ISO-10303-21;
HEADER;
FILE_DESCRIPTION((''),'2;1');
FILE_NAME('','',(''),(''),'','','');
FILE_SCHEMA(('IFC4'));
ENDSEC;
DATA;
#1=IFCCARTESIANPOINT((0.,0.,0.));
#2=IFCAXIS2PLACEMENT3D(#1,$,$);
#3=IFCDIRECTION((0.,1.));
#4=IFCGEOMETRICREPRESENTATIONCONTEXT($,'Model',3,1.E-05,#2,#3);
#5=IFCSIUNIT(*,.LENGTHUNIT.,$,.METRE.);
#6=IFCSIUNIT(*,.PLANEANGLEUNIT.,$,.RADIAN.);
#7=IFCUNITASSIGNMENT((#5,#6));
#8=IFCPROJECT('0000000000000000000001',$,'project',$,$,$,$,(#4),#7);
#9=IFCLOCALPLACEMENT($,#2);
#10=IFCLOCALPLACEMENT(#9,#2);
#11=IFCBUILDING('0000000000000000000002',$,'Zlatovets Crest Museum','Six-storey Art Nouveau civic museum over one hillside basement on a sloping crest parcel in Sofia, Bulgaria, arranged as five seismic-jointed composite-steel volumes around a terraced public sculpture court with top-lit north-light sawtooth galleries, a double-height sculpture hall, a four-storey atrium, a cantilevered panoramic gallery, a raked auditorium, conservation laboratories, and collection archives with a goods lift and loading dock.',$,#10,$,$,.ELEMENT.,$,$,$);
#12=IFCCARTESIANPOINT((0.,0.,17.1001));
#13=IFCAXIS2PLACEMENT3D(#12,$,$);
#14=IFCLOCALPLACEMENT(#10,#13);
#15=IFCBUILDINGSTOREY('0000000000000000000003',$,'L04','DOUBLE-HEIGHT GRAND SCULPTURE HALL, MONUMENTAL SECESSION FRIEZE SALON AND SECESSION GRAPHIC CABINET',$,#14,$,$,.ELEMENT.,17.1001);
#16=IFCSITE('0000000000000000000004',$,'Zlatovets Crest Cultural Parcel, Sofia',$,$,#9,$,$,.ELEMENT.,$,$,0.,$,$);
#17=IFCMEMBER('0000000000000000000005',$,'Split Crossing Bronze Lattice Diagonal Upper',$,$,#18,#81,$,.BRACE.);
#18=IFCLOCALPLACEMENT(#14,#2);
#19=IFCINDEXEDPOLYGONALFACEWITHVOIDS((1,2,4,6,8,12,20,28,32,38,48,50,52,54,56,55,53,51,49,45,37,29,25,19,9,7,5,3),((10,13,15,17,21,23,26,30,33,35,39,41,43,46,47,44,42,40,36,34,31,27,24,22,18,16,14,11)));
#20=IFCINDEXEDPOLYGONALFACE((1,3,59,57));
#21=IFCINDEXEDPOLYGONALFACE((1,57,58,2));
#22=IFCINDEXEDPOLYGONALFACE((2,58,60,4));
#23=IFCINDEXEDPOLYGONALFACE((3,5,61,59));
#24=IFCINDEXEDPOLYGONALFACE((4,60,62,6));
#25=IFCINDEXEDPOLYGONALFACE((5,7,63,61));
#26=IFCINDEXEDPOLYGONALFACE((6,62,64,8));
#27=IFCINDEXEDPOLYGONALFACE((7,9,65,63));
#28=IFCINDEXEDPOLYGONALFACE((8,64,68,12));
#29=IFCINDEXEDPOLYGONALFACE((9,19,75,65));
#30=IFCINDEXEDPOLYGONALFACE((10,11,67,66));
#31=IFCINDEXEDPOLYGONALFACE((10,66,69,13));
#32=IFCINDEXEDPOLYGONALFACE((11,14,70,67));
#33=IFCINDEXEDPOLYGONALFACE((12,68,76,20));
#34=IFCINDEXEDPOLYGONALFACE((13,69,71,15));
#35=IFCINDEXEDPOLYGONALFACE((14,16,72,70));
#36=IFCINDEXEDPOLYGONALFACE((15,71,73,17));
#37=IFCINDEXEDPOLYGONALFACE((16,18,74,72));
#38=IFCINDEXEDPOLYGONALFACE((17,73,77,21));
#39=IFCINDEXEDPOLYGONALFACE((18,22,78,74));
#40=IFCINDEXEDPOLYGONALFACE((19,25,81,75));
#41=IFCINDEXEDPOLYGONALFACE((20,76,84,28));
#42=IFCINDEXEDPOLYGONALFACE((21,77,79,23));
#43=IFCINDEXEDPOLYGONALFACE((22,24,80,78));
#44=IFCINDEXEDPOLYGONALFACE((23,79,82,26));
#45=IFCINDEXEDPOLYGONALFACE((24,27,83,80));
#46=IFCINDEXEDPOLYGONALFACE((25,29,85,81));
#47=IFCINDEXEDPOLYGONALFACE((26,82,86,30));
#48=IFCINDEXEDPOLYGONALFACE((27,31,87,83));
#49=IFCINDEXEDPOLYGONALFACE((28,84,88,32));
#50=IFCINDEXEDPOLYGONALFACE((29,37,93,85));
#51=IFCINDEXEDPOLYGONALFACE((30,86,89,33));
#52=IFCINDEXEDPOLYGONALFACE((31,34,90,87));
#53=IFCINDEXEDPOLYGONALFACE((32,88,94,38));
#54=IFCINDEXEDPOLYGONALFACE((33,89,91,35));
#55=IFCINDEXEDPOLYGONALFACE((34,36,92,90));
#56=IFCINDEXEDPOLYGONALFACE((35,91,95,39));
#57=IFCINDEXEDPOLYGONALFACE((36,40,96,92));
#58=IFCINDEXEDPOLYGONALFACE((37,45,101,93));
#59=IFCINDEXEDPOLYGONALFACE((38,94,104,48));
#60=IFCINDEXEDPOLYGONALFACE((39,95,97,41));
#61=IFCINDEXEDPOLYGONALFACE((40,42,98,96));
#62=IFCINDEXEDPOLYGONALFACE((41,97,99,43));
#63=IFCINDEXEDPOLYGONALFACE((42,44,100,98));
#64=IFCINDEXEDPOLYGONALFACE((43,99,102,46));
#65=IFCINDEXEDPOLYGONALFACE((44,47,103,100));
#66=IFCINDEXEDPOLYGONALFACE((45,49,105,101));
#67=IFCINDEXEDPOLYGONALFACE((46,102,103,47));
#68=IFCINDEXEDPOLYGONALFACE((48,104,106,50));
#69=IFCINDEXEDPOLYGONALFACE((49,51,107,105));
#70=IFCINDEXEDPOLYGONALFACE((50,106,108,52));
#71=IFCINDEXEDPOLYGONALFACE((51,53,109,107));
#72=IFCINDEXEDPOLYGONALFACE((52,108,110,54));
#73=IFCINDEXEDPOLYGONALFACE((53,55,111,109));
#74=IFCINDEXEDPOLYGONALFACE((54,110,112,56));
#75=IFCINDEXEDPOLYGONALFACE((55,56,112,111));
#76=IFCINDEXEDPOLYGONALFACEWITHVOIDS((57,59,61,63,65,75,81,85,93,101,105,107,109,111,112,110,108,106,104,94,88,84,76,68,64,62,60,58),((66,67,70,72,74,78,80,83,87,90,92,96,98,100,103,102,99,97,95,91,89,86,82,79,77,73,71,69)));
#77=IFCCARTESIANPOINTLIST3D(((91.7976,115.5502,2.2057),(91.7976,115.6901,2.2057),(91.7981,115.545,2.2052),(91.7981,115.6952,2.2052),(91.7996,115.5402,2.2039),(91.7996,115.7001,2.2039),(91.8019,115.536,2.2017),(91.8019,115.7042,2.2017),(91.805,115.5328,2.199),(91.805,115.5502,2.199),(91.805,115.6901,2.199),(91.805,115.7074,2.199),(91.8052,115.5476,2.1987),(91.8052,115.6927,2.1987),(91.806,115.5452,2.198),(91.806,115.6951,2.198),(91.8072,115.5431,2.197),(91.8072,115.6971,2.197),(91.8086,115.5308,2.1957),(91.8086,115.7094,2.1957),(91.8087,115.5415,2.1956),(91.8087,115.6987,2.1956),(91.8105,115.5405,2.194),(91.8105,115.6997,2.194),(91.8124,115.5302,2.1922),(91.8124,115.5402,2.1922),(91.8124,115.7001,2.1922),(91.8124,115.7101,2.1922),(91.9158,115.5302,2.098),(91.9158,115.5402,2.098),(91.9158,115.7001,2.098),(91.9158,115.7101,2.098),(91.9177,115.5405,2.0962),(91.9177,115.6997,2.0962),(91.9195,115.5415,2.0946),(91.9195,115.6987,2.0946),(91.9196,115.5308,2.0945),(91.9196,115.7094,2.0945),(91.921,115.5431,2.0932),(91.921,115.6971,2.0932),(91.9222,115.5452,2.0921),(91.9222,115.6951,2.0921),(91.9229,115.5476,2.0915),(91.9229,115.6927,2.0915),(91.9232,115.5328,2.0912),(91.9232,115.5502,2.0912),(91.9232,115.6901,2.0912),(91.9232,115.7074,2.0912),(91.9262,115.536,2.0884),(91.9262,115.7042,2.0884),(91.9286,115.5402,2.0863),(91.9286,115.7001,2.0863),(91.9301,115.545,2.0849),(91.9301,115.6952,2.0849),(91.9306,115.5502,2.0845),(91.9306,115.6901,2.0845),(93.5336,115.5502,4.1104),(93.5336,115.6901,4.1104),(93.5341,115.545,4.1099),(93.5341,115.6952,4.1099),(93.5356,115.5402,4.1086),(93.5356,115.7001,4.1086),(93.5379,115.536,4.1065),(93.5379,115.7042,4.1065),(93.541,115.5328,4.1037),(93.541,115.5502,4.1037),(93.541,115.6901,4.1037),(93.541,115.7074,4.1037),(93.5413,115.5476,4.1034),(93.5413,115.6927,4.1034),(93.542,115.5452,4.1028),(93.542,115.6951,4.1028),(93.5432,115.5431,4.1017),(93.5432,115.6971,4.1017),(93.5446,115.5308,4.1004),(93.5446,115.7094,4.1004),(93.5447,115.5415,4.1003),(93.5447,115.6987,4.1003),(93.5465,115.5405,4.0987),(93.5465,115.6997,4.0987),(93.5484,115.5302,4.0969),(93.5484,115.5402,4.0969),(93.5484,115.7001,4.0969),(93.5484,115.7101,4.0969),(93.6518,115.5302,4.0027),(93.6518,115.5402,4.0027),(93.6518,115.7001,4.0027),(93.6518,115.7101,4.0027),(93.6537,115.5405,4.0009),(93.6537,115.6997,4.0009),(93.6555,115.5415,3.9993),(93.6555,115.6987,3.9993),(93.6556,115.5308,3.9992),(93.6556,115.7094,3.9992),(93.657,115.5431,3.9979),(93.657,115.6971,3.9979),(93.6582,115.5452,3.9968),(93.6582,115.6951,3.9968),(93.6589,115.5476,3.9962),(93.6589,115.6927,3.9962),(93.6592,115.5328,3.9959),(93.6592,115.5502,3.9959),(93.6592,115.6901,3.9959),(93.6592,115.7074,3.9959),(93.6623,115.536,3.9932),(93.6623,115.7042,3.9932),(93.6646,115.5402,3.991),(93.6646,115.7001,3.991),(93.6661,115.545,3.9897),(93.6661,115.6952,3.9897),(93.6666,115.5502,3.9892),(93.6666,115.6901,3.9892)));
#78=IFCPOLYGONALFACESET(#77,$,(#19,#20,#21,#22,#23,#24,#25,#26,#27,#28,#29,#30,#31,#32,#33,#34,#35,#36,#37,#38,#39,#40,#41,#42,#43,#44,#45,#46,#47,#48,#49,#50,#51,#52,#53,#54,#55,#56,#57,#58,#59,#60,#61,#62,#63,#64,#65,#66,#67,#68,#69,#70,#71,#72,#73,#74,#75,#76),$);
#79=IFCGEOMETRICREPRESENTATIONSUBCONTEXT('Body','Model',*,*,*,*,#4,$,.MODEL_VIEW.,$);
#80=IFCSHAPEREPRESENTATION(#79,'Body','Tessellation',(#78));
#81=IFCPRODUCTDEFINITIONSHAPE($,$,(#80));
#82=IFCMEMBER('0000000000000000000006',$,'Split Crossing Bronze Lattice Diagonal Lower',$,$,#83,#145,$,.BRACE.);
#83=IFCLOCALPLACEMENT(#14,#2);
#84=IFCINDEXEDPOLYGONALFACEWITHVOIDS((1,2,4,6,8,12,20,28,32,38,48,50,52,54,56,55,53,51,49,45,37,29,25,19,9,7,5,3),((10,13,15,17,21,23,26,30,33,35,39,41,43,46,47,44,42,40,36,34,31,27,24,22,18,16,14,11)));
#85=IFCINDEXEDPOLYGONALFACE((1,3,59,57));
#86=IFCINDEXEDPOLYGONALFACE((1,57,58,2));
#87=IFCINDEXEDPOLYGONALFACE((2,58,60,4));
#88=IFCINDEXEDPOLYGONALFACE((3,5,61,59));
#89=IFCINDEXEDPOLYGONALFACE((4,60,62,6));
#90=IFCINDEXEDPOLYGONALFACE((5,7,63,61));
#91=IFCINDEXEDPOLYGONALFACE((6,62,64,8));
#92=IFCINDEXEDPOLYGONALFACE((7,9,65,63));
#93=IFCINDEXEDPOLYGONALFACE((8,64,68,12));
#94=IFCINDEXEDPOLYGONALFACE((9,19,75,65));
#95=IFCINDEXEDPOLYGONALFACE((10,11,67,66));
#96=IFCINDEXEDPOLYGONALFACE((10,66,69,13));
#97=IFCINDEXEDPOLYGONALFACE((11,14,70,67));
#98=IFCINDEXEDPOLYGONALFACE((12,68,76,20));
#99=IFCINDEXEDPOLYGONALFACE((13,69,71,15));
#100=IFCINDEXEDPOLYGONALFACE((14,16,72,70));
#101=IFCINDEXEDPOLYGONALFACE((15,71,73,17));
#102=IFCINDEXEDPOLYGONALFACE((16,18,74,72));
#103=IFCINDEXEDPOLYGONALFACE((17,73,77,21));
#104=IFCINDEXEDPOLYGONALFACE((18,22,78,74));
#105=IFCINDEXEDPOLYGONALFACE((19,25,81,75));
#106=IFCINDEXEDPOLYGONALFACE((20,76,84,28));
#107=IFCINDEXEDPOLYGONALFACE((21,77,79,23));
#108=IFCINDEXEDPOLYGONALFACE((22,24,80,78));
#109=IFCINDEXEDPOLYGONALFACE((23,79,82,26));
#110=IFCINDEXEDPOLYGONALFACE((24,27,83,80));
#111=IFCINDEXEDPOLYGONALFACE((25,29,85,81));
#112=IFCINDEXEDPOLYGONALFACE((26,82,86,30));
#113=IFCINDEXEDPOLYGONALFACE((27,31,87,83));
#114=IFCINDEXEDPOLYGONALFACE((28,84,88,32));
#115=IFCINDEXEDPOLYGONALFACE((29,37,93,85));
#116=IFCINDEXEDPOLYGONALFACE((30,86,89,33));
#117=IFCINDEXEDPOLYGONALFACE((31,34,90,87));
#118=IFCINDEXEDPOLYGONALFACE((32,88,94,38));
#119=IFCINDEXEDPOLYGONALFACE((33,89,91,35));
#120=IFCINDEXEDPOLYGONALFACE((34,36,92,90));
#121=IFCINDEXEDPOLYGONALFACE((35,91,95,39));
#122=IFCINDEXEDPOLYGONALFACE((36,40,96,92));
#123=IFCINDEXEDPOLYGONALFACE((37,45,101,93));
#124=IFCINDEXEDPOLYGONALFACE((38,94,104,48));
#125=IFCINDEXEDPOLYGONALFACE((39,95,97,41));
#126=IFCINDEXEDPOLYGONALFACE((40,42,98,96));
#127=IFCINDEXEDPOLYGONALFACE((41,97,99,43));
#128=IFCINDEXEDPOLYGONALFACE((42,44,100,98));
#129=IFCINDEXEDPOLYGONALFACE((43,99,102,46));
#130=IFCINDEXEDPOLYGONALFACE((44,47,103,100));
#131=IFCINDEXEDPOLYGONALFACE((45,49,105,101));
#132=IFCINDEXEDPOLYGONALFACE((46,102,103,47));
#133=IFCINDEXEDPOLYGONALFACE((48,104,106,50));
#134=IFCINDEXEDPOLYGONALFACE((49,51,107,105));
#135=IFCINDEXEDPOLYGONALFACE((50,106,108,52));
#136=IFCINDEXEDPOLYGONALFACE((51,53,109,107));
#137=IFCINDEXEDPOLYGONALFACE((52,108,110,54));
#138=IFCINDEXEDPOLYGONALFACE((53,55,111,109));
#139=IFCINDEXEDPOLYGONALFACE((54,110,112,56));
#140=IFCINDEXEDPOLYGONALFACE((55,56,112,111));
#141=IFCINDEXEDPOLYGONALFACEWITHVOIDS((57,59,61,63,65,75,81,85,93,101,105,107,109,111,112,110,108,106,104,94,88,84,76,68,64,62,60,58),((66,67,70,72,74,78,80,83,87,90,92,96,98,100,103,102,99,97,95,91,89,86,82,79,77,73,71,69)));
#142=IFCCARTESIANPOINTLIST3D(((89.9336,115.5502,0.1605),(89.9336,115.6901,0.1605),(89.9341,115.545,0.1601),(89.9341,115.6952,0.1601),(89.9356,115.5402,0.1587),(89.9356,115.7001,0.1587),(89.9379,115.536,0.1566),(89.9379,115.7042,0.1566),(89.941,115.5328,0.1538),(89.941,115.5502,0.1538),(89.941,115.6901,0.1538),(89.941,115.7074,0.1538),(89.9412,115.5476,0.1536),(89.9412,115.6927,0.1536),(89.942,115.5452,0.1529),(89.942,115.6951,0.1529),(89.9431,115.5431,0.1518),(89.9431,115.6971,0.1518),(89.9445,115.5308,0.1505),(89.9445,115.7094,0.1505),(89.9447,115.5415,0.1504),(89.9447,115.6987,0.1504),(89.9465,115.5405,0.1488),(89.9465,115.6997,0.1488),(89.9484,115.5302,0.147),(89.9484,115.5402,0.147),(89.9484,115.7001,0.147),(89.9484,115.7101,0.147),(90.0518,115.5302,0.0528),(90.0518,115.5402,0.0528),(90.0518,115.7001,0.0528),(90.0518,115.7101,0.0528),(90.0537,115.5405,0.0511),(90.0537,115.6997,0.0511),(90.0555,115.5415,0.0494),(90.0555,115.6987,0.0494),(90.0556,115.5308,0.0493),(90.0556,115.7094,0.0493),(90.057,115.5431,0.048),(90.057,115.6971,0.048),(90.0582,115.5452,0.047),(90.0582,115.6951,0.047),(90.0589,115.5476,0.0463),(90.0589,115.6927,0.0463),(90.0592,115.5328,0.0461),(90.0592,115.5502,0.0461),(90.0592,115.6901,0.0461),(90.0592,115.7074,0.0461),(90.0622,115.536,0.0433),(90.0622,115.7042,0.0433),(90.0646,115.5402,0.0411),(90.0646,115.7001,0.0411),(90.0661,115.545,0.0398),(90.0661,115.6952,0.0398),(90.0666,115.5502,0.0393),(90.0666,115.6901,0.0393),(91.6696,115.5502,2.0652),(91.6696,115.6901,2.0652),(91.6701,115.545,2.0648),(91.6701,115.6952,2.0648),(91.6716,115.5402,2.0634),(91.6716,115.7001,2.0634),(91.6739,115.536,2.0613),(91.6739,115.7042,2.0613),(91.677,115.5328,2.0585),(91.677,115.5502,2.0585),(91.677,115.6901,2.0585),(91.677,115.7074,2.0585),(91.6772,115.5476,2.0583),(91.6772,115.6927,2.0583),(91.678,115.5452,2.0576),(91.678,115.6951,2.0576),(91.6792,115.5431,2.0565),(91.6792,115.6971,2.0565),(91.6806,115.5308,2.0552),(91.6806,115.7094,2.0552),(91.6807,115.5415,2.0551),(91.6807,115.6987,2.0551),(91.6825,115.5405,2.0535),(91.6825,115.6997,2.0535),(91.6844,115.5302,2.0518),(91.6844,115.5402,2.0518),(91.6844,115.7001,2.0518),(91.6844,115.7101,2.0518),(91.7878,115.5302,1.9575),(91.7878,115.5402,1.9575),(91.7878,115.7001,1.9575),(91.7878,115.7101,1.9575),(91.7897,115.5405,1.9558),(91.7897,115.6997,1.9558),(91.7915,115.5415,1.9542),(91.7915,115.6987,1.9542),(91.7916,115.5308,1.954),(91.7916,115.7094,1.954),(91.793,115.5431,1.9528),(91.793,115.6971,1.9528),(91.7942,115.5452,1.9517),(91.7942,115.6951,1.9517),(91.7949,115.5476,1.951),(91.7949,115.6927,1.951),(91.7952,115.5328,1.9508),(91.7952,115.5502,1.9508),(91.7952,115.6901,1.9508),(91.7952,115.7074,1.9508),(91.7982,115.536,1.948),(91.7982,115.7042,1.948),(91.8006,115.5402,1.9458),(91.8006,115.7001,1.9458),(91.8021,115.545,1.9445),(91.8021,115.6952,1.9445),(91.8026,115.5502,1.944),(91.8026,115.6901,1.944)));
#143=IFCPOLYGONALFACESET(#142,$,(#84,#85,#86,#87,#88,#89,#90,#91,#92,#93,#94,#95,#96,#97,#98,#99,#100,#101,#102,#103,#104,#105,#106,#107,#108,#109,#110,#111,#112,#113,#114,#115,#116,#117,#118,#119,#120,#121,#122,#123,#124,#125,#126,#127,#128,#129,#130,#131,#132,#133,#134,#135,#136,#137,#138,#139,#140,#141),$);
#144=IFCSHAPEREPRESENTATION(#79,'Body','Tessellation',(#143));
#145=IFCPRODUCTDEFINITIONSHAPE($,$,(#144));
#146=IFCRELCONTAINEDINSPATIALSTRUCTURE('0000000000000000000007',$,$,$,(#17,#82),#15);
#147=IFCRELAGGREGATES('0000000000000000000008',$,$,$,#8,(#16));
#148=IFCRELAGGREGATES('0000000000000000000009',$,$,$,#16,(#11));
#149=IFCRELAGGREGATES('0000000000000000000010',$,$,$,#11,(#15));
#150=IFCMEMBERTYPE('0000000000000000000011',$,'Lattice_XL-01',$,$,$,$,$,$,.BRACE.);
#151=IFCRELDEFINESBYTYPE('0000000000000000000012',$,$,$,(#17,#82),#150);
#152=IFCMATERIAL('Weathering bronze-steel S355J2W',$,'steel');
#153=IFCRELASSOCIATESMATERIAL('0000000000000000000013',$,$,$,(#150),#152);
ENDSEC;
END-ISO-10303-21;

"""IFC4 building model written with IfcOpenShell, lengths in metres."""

from ifc_helpers import new_model, si_unit, direction, frame, origin, origin_2d, place, context, subcontext, project, spatial, hollow_rectangle, extrude, material, material_profile, profile_set, type_object, element, save


model = new_model("IFC4")

# Units and contexts
model_context = context("Model", 3, precision=1e-05, world=origin(), true_north=direction((0.0, 1.0)))
body_context = subcontext(model_context, "Body", "Model", "MODEL_VIEW")
ifc_project = project(units=[si_unit("LENGTHUNIT", "METRE"), si_unit("PLANEANGLEUNIT", "RADIAN")], contexts=[model_context])

# Site, building, storey
site_placement = place(None, origin())
site = spatial("IfcSite", under=ifc_project, at=site_placement, Name="Zlatovets Crest Cultural Parcel, Sofia", CompositionType="ELEMENT", RefElevation=0.0)
building_placement = place(site_placement, origin())
building = spatial("IfcBuilding", under=site, at=building_placement, Name="Zlatovets Crest Museum", Description="Six-storey Art Nouveau civic museum over one hillside basement on a sloping crest parcel in Sofia, Bulgaria, arranged as five seismic-jointed composite-steel volumes around a terraced public sculpture court with top-lit north-light sawtooth galleries, a double-height sculpture hall, a four-storey atrium, a cantilevered panoramic gallery, a raked auditorium, conservation laboratories, and collection archives with a goods lift and loading dock.", CompositionType="ELEMENT")
storey_placement = place(building_placement, frame((0.0, 0.0, 17.1001)))
storey = spatial("IfcBuildingStorey", under=building, at=storey_placement, Name="L04", Description="DOUBLE-HEIGHT GRAND SCULPTURE HALL, MONUMENTAL SECESSION FRIEZE SALON AND SECESSION GRAPHIC CABINET", CompositionType="ELEMENT", Elevation=17.1001)

# Members
ifc_material_1 = material(Name="Weathering bronze-steel S355J2W", Category="steel")
ifc_material_profile_1 = material_profile(ifc_material_1, hollow_rectangle(XDim=0.1799, YDim=0.1799, WallThickness=0.01, InnerFilletRadius=0.01, OuterFilletRadius=0.02, at=origin_2d()), Name="SHS 180x180x10.0")
ifc_profile_set_1 = profile_set([ifc_material_profile_1], Name="Weathering bronze-steel S355J2W")
member_type_1 = type_object("IfcMemberType", Name="Lattice_XL-01", PredefinedType="BRACE", material=ifc_profile_set_1)
for number, where, z_axis, x_axis, name in (
    (1, (93.6001, 115.6201, 4.0498), (-0.67362, 0.0, -0.739078), (0.0, -1.0, 0.0), "Split Crossing Bronze Lattice Diagonal Upper"),
    (2, (91.7361, 115.6201, 2.0046), (-0.67362, 0.0, -0.739078), (0.0, -1.0, 0.0), "Split Crossing Bronze Lattice Diagonal Lower"),
):
    element("IfcMember", number, at=place(storey_placement, frame(where, z_axis=z_axis, x_axis=x_axis)), inside=storey, type_object=member_type_1, Name=name, PredefinedType="BRACE", context=body_context, shape_type="SweptSolid", body=[
        extrude(hollow_rectangle(XDim=0.1799, YDim=0.1799, WallThickness=0.01, InnerFilletRadius=0.01, OuterFilletRadius=0.02, at=origin_2d()), origin(), (0.0, 0.0, 1.0), 2.5771),
    ])

save(model, "model.ifc")
